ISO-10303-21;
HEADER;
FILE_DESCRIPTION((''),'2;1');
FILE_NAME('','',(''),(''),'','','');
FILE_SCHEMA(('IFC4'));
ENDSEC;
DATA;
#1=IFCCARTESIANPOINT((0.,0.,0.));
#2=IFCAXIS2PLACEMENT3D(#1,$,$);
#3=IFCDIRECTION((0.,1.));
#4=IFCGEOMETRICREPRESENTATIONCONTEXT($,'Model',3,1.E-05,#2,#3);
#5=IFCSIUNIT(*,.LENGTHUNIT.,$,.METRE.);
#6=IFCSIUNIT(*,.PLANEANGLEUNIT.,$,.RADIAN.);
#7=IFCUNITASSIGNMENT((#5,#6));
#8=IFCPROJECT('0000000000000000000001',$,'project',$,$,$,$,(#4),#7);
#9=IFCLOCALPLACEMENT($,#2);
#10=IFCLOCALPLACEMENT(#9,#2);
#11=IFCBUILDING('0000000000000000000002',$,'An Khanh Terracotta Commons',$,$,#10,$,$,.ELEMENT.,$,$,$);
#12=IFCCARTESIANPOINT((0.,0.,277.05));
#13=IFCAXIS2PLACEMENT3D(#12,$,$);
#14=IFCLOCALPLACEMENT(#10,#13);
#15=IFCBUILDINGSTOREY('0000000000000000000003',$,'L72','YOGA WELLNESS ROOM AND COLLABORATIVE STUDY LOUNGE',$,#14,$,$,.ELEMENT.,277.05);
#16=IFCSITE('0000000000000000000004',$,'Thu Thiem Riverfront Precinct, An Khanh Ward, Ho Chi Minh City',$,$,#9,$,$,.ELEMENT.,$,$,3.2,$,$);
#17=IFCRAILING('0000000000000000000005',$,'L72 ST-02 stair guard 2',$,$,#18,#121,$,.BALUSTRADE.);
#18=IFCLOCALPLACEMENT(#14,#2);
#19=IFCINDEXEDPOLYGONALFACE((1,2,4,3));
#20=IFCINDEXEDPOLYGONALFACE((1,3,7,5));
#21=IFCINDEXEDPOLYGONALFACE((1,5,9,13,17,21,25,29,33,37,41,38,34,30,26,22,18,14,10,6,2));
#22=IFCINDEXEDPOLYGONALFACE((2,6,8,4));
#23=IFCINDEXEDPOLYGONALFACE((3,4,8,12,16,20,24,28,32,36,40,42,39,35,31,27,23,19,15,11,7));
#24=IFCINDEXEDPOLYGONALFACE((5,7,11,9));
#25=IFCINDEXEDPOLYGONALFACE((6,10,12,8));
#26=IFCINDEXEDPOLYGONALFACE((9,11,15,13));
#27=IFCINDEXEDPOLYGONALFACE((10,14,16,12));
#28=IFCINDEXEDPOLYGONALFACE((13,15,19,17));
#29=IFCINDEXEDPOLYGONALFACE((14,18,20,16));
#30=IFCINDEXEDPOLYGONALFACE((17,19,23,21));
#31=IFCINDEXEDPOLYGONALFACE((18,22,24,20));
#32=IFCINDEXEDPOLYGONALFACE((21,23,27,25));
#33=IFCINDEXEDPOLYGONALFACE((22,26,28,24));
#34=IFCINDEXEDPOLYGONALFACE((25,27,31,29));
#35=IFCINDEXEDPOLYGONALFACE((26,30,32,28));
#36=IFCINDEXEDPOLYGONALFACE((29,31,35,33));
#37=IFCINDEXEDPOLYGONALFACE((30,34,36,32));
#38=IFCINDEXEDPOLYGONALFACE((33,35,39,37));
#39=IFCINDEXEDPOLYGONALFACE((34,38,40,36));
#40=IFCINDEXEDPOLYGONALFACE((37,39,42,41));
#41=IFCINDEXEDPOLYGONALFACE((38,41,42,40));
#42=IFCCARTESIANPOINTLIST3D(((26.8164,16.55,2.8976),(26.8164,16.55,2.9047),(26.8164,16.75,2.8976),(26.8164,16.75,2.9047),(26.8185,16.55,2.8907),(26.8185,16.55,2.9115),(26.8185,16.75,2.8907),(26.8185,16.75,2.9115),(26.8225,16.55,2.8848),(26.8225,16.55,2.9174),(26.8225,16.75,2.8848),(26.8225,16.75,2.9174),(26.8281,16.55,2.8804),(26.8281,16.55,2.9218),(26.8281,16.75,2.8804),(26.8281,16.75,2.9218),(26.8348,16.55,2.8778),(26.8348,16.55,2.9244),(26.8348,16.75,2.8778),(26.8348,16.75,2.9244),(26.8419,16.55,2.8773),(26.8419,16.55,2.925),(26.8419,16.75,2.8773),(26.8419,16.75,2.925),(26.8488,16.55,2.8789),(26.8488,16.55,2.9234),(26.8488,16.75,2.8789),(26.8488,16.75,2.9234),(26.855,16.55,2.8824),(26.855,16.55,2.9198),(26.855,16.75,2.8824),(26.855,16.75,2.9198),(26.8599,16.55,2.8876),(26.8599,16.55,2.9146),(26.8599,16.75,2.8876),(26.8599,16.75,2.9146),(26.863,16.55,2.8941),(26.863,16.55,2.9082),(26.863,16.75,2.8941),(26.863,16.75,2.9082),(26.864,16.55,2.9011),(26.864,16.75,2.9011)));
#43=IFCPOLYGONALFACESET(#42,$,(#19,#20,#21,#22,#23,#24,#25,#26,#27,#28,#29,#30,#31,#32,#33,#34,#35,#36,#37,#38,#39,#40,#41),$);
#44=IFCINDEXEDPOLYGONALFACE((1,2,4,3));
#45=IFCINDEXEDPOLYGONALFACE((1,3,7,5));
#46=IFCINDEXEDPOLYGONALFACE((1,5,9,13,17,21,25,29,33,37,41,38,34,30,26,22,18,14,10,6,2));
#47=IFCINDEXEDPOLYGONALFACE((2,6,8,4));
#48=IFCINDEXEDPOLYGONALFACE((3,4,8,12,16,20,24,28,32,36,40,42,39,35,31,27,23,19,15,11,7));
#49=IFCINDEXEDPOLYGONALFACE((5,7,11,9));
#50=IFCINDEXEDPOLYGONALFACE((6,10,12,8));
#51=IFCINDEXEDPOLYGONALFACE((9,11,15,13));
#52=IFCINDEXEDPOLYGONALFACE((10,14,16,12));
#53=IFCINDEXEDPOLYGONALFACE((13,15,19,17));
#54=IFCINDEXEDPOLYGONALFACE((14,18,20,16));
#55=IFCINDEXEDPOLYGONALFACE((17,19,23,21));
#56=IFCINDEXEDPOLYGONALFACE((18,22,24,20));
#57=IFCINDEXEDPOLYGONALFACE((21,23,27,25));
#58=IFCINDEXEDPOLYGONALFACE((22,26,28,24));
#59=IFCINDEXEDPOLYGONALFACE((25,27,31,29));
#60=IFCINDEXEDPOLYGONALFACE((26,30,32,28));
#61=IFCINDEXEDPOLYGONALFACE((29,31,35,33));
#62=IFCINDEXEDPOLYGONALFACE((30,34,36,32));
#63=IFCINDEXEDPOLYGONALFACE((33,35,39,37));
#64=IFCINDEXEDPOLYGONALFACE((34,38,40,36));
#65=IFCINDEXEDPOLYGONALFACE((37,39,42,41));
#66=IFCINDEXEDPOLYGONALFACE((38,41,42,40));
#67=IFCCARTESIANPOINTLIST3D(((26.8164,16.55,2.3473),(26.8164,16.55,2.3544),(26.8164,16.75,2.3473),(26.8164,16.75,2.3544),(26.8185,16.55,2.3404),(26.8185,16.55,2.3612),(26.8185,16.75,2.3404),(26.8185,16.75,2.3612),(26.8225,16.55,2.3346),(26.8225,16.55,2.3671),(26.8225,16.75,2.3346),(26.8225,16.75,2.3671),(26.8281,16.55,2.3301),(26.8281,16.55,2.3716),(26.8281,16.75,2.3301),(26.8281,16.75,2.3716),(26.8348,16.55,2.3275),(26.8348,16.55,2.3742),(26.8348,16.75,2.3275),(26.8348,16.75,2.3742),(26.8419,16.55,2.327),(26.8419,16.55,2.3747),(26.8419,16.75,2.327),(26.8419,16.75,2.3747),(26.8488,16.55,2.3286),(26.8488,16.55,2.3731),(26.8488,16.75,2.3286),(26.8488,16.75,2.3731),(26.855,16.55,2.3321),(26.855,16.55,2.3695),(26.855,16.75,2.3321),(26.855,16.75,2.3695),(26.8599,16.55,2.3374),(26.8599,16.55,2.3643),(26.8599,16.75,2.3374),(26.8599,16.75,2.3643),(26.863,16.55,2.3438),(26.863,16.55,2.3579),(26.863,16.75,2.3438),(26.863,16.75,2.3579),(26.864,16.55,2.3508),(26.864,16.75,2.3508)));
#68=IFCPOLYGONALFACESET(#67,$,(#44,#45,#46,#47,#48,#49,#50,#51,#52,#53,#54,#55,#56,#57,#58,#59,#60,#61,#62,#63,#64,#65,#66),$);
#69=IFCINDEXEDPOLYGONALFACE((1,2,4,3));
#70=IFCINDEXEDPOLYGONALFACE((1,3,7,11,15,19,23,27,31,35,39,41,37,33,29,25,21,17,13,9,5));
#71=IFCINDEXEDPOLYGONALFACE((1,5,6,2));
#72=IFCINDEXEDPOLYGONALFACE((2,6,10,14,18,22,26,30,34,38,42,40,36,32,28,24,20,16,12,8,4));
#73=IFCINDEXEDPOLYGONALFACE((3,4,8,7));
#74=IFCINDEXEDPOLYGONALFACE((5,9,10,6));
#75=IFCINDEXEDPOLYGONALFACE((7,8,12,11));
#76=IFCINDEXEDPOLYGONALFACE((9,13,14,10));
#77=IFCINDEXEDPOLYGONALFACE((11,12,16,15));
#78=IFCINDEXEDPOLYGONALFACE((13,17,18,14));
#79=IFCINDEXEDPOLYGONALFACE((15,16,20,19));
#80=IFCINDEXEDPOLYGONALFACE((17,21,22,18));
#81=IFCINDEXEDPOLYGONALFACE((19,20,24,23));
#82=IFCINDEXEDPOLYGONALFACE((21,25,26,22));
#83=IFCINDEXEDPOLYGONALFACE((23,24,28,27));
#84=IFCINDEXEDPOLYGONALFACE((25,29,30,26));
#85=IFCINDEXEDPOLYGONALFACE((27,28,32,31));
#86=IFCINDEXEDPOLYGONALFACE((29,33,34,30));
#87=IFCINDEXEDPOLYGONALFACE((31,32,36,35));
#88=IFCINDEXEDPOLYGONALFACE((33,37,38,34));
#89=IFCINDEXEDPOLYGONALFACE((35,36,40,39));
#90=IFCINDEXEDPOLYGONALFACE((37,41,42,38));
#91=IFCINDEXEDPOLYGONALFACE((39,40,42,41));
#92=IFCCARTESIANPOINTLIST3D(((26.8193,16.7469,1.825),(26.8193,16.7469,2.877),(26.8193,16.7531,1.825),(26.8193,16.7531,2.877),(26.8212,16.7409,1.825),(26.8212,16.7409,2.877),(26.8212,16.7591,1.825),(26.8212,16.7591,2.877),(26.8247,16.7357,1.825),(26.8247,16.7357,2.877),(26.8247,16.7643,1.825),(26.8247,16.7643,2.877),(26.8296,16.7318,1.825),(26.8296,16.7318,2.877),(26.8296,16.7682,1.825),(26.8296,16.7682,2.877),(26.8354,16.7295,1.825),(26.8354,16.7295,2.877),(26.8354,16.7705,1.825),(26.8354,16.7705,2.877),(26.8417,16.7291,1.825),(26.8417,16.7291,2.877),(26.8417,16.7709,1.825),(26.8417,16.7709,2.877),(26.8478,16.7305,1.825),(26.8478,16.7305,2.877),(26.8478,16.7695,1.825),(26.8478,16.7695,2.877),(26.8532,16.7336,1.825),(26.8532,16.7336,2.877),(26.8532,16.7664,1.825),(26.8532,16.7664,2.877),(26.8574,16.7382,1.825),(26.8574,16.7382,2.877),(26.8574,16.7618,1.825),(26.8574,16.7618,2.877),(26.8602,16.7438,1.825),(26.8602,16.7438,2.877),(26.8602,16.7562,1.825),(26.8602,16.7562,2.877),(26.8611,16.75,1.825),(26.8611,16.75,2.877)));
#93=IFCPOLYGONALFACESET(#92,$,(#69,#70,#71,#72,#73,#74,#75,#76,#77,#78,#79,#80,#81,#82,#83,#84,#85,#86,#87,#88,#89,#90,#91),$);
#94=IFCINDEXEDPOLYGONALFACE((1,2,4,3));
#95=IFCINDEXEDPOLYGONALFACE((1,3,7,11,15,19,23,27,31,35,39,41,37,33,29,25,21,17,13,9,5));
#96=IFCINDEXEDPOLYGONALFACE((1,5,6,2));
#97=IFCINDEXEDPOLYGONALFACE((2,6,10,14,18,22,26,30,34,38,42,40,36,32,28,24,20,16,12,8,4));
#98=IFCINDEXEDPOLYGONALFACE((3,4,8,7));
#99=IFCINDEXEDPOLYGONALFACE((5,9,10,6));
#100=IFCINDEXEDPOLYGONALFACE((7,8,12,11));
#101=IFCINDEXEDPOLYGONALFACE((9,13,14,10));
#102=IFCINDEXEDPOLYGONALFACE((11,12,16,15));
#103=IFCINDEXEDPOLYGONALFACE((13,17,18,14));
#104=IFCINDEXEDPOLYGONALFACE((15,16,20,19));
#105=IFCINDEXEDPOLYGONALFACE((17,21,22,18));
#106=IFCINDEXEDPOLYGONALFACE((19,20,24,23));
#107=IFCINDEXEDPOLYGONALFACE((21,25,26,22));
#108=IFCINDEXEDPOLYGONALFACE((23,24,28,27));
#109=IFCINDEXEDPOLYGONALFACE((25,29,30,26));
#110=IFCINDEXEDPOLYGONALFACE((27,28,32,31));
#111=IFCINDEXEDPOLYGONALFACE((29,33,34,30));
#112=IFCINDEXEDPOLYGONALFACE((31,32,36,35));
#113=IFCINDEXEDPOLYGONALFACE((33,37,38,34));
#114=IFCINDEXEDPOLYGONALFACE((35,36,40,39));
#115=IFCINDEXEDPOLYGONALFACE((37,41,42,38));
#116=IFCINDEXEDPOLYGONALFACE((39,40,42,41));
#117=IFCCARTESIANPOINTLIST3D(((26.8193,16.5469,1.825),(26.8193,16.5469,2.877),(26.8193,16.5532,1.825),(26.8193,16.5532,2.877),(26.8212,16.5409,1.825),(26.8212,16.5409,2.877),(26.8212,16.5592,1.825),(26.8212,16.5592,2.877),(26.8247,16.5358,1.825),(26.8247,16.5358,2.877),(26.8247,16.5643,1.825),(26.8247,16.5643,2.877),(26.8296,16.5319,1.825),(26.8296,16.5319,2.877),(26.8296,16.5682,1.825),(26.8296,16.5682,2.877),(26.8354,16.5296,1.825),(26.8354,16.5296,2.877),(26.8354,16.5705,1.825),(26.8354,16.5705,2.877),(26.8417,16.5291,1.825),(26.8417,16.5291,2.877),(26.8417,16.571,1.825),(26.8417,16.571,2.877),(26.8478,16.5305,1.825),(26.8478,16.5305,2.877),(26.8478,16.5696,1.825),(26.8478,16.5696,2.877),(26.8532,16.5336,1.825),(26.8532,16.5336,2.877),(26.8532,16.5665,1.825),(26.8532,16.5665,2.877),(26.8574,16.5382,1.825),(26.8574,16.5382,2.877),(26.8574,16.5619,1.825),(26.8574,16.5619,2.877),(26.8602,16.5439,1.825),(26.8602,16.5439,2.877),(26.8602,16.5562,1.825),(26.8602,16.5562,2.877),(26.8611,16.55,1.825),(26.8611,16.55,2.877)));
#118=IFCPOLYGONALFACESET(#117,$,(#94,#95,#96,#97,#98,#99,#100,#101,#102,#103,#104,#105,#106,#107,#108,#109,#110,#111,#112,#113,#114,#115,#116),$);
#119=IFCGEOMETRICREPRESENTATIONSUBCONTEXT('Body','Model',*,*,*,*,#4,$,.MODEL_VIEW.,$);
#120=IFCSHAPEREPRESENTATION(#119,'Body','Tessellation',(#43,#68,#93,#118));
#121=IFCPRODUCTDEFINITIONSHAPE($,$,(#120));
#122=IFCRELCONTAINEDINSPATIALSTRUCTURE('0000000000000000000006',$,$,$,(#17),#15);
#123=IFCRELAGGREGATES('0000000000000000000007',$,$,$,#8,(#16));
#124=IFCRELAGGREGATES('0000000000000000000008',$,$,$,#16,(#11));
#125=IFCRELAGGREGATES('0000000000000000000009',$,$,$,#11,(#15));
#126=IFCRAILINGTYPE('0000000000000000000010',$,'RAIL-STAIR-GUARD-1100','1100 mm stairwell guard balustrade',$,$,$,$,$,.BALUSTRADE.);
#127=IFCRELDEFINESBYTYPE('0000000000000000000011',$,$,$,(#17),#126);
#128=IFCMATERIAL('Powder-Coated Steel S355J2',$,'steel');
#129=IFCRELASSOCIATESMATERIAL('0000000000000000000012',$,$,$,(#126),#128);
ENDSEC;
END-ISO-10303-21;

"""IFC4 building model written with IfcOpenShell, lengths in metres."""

from ifc_helpers import new_model, si_unit, direction, frame, origin, origin_2d, place, context, subcontext, project, spatial, circle, extrude, material, type_object, element, save


model = new_model("IFC4")

# Units and contexts
model_context = context("Model", 3, precision=1e-05, world=origin(), true_north=direction((0.0, 1.0)))
body_context = subcontext(model_context, "Body", "Model", "MODEL_VIEW")
ifc_project = project(units=[si_unit("LENGTHUNIT", "METRE"), si_unit("PLANEANGLEUNIT", "RADIAN")], contexts=[model_context])

# Site, building, storey
site_placement = place(None, origin())
site = spatial("IfcSite", under=ifc_project, at=site_placement, Name="Thu Thiem Riverfront Precinct, An Khanh Ward, Ho Chi Minh City", CompositionType="ELEMENT", RefElevation=3.2)
building_placement = place(site_placement, origin())
building = spatial("IfcBuilding", under=site, at=building_placement, Name="An Khanh Terracotta Commons", CompositionType="ELEMENT")
storey_placement = place(building_placement, frame((0.0, 0.0, 277.05)))
storey = spatial("IfcBuildingStorey", under=building, at=storey_placement, Name="L72", Description="YOGA WELLNESS ROOM AND COLLABORATIVE STUDY LOUNGE", CompositionType="ELEMENT", Elevation=277.05)

# Railing
ifc_material_1 = material(Name="Powder-Coated Steel S355J2", Category="steel")
railing_type_1 = type_object("IfcRailingType", Name="RAIL-STAIR-GUARD-1100", Description="1100 mm stairwell guard balustrade", PredefinedType="BALUSTRADE", material=ifc_material_1)
railing_1_placement = place(storey_placement, frame((26.8401, 16.75, 1.825)))
element("IfcRailing", 1, at=railing_1_placement, inside=storey, type_object=railing_type_1, Name="L72 ST-02 stair guard 2", PredefinedType="BALUSTRADE", context=body_context, shape_type="SweptSolid", body=[
    extrude(circle(Radius=0.0239, at=origin_2d()), frame((0.0, 0.0, 1.0762), z_axis=(0.0, -1.0, 0.0), x_axis=(1.0, 0.0, 0.0)), (0.0, 0.0, 1.0), 0.2),
    extrude(circle(Radius=0.0239, at=origin_2d()), frame((0.0, 0.0, 0.5259), z_axis=(0.0, -1.0, 0.0), x_axis=(1.0, 0.0, 0.0)), (0.0, 0.0, 1.0), 0.2),
    extrude(circle(Radius=0.021, at=origin_2d()), origin(), (0.0, 0.0, 1.0), 1.052),
    extrude(circle(Radius=0.021, at=origin_2d()), frame((0.0, -0.2, 0.0)), (0.0, 0.0, 1.0), 1.052),
])

save(model, "model.ifc")
